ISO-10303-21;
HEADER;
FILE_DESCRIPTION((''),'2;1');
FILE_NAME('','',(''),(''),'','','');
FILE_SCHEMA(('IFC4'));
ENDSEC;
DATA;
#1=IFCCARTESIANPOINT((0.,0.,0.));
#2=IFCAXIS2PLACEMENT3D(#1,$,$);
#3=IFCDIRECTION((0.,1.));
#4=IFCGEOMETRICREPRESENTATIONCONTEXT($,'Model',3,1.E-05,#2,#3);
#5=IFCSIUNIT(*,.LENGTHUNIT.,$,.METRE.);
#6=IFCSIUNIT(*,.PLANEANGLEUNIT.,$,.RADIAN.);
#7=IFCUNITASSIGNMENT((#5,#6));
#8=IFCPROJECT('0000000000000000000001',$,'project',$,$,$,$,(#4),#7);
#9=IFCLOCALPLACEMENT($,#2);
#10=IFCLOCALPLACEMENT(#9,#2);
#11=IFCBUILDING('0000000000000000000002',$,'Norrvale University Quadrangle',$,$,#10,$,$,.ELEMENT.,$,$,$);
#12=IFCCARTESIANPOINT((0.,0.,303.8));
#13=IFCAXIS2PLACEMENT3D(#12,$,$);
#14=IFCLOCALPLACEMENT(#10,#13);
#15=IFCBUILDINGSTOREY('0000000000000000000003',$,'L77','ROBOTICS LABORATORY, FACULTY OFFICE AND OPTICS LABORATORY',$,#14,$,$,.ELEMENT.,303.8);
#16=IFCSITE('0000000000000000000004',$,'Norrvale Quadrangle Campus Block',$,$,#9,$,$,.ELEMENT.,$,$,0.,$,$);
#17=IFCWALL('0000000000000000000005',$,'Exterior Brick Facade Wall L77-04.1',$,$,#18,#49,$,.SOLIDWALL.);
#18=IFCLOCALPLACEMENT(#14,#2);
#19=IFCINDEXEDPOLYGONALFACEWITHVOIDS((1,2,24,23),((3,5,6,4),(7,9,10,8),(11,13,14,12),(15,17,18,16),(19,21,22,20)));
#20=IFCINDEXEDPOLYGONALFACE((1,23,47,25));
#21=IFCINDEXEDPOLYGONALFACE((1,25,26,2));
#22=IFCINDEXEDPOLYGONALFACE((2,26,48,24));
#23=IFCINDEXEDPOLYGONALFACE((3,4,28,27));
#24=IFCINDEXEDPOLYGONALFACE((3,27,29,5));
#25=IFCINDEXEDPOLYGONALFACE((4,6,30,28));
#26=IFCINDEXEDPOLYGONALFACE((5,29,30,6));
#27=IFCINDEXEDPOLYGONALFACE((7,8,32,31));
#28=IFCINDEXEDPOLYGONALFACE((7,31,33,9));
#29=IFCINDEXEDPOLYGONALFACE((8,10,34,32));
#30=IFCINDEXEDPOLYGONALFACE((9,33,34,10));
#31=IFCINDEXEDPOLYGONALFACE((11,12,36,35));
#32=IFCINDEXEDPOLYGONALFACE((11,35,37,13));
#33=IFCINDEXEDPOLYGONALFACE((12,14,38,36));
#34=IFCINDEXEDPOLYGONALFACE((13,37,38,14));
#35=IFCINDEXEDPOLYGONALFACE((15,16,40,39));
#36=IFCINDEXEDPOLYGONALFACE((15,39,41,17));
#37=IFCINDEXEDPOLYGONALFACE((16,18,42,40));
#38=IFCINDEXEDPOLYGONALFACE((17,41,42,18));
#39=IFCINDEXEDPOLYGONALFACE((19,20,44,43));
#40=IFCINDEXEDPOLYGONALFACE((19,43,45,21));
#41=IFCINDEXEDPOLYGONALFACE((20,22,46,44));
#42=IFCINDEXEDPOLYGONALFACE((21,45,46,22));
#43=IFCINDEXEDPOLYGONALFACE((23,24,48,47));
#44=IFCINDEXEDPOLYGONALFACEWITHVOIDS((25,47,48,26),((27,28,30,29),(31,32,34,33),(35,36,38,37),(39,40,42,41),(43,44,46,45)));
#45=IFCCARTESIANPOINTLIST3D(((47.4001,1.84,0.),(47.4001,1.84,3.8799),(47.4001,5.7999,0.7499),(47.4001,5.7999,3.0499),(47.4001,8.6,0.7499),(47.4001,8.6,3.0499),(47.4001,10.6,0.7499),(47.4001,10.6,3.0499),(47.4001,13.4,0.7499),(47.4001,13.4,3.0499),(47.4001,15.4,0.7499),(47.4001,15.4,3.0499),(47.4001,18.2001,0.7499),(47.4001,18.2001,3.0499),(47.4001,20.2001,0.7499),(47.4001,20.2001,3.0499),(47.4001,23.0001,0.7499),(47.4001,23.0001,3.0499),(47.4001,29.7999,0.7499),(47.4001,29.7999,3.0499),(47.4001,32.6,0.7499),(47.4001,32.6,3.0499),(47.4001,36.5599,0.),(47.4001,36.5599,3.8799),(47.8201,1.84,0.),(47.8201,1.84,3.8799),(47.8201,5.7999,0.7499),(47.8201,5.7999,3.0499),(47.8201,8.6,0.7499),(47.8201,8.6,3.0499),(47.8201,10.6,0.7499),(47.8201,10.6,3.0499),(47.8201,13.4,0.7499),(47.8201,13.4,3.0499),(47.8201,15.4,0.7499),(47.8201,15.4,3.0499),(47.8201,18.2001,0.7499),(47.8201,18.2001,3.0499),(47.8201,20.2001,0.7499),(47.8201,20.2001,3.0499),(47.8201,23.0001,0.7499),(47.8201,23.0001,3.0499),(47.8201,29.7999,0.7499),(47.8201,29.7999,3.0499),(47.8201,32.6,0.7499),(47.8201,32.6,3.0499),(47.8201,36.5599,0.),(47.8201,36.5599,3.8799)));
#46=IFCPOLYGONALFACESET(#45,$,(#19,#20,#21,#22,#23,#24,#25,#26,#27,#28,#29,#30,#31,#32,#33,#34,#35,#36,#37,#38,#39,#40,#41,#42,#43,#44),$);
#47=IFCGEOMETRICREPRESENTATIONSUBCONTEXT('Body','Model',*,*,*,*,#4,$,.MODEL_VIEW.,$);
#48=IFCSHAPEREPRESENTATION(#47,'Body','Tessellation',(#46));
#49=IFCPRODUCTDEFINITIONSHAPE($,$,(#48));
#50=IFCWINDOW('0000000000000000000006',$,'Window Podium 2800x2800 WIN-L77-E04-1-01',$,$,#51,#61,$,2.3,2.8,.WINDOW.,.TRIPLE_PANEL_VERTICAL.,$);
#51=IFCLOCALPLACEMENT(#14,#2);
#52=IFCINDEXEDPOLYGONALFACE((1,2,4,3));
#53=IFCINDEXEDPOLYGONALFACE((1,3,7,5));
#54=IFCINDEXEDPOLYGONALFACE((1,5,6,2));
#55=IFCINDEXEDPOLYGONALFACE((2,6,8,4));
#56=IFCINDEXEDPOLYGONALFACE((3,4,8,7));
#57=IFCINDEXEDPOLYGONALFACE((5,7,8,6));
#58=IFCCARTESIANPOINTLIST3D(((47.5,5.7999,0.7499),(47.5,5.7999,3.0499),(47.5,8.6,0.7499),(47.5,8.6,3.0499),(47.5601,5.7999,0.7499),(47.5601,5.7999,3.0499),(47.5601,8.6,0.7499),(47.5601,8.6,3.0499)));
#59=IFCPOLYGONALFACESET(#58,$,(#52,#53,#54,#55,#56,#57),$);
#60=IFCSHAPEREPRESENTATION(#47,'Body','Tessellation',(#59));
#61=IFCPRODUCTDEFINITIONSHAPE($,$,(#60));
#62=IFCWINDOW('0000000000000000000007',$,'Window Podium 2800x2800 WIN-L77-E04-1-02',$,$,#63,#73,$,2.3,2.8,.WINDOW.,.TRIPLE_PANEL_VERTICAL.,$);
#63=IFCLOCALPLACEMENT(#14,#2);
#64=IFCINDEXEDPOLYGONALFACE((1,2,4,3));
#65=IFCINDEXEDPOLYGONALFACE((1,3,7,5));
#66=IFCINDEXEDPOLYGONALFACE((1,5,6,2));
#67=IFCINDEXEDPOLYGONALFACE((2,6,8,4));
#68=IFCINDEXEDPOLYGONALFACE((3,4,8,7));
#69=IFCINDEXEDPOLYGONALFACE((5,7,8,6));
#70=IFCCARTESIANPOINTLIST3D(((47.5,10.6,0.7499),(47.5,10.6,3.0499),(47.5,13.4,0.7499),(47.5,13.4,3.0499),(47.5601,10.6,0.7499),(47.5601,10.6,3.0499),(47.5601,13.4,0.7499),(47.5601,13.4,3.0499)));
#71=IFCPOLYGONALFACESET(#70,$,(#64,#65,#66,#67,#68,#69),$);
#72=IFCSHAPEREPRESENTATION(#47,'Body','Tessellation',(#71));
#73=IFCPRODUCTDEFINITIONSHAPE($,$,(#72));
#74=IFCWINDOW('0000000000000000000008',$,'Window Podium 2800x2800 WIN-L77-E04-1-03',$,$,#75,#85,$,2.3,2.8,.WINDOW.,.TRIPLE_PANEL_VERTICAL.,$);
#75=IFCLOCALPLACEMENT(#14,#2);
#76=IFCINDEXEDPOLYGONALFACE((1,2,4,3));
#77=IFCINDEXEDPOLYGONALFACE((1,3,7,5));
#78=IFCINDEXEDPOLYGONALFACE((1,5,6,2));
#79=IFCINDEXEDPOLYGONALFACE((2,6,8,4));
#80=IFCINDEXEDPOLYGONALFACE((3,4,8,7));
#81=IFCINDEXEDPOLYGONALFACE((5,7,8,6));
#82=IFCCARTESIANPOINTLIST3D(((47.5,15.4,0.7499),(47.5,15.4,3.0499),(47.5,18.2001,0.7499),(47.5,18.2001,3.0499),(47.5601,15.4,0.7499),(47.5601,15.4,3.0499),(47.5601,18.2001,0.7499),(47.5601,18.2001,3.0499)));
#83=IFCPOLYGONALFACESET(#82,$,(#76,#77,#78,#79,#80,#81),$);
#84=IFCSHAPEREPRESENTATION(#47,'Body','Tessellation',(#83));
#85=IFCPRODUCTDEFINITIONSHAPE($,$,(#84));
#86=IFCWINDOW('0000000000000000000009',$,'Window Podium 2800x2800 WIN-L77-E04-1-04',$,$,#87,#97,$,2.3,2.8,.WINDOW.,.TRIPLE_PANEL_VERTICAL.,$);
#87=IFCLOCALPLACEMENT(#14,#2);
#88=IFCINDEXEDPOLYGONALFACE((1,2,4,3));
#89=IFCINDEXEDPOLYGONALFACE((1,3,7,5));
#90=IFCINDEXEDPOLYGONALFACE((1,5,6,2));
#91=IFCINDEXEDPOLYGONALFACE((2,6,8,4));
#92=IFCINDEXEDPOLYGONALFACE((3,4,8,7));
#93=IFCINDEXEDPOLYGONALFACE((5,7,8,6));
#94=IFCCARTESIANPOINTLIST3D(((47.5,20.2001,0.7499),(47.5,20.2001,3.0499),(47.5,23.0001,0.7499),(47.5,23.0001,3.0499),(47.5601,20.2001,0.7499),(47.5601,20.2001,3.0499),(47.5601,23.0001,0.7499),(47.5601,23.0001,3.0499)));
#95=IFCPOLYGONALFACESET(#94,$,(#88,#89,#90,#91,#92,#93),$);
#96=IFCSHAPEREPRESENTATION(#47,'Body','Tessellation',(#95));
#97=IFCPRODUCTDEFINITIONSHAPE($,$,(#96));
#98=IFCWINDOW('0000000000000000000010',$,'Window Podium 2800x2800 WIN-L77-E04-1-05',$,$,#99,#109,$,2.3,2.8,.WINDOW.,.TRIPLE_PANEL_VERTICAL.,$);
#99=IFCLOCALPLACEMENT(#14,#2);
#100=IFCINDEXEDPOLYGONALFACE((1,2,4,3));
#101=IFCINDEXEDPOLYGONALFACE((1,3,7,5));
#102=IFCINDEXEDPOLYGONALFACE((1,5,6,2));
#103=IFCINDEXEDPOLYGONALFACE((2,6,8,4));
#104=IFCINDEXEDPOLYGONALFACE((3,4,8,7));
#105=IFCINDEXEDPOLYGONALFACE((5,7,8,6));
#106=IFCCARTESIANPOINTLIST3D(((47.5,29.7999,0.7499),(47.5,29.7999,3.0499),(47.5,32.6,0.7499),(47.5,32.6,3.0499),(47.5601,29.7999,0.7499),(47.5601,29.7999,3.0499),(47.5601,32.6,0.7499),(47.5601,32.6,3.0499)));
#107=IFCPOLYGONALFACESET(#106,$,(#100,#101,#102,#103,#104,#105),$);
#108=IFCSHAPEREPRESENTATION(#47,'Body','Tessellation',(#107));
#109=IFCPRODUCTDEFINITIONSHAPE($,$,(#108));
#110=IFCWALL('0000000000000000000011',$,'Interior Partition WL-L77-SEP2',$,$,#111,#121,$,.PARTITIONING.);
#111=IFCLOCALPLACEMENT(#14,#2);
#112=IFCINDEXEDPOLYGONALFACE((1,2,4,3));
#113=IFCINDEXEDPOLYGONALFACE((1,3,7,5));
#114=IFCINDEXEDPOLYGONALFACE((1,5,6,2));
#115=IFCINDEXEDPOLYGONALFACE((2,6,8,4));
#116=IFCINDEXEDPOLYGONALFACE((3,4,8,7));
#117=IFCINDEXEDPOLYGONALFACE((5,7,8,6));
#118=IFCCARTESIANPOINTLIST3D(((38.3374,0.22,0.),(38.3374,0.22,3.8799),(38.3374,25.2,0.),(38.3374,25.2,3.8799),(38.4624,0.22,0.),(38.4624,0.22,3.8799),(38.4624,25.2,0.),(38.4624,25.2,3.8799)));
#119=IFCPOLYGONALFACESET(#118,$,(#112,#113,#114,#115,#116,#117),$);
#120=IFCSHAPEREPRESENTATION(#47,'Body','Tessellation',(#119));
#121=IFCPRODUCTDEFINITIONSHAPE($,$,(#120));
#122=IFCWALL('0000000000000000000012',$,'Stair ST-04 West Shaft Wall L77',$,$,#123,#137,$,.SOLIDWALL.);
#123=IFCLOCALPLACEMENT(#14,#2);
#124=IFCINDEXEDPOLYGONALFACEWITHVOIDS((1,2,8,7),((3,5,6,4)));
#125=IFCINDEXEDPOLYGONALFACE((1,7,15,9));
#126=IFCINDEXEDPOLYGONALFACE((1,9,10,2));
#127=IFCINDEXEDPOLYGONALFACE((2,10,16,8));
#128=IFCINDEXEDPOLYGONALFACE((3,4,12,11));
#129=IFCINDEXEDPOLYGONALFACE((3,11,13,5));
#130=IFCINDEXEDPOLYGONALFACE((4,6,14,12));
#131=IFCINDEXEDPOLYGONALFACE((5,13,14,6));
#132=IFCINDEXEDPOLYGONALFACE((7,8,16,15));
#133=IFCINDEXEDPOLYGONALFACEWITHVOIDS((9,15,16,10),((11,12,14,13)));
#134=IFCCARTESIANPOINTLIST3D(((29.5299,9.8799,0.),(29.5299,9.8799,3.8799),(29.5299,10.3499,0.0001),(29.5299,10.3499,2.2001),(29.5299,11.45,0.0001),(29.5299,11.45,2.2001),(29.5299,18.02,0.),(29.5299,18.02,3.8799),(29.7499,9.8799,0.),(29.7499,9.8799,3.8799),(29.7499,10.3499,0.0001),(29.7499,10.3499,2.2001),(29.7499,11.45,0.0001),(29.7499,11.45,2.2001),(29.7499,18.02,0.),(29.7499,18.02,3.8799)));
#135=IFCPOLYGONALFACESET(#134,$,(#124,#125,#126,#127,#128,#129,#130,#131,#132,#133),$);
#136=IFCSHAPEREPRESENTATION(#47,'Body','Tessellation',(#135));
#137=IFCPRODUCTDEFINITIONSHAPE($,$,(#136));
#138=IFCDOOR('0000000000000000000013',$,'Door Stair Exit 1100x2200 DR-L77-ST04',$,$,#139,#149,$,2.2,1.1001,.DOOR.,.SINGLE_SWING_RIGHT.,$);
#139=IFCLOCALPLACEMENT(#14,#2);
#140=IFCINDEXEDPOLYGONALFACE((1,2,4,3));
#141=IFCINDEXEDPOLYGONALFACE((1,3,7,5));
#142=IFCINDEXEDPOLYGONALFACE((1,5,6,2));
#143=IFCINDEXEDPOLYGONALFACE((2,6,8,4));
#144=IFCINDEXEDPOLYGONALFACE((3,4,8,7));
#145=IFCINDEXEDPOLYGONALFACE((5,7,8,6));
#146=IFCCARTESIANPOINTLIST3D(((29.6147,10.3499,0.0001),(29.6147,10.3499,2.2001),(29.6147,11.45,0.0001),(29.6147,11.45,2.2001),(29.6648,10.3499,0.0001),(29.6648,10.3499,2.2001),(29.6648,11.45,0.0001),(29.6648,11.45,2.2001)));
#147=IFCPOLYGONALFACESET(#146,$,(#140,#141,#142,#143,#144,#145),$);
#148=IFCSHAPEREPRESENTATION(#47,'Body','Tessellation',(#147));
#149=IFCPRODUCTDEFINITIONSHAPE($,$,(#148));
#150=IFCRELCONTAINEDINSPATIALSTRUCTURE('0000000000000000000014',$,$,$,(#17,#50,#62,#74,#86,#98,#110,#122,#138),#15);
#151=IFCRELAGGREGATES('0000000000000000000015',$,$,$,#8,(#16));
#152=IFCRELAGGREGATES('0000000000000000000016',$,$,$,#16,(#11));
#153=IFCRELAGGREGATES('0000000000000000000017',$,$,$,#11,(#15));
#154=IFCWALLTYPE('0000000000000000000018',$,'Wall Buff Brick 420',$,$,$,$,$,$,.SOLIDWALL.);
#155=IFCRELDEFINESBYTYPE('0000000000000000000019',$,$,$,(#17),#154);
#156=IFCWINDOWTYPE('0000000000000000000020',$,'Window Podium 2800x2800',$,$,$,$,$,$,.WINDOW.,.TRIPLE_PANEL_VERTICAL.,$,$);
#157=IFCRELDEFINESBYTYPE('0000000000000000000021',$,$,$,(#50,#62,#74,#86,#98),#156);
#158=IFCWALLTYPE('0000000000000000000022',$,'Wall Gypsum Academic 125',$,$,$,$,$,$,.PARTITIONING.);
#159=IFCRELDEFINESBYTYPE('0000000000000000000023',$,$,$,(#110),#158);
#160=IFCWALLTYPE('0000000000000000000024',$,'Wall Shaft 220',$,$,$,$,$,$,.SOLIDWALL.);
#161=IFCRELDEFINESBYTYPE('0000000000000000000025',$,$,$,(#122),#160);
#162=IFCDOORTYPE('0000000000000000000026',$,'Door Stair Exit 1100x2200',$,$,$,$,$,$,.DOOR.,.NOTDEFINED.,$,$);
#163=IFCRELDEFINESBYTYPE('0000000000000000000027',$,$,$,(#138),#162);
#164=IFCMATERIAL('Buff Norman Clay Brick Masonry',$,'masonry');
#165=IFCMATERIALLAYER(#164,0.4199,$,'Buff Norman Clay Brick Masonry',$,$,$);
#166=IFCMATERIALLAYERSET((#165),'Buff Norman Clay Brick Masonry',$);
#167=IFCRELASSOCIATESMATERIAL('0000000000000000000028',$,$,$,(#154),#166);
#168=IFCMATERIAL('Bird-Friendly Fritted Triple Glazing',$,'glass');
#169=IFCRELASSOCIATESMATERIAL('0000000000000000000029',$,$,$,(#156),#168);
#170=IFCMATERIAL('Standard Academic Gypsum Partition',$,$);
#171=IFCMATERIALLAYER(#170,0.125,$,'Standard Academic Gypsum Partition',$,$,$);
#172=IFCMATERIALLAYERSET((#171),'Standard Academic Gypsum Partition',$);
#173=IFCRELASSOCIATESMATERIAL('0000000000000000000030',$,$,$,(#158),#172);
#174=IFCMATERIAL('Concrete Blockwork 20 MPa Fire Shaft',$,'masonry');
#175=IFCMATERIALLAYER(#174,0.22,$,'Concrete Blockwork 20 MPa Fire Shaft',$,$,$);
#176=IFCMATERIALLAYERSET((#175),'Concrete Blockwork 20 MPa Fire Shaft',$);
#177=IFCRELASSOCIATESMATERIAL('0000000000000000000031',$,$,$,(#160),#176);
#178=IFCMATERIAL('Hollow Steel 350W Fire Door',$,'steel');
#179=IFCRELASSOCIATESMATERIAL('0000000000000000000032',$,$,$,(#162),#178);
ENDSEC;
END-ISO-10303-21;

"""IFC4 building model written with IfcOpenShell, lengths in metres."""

from ifc_helpers import new_model, si_unit, direction, frame, frame_2d, origin, place, context, subcontext, project, spatial, rectangle, extrude, material, layer, layer_set, type_object, element, fill, save


model = new_model("IFC4")

# Units and contexts
model_context = context("Model", 3, precision=1e-05, world=origin(), true_north=direction((0.0, 1.0)))
body_context = subcontext(model_context, "Body", "Model", "MODEL_VIEW")
ifc_project = project(units=[si_unit("LENGTHUNIT", "METRE"), si_unit("PLANEANGLEUNIT", "RADIAN")], contexts=[model_context])

# Site, building, storey
site_placement = place(None, origin())
site = spatial("IfcSite", under=ifc_project, at=site_placement, Name="Norrvale Quadrangle Campus Block", CompositionType="ELEMENT", RefElevation=0.0)
building_placement = place(site_placement, origin())
building = spatial("IfcBuilding", under=site, at=building_placement, Name="Norrvale University Quadrangle", CompositionType="ELEMENT")
storey_placement = place(building_placement, frame((0.0, 0.0, 303.8)))
storey = spatial("IfcBuildingStorey", under=building, at=storey_placement, Name="L77", Description="ROBOTICS LABORATORY, FACULTY OFFICE AND OPTICS LABORATORY", CompositionType="ELEMENT", Elevation=303.8)

# Shared definitions
ifc_material_1 = material(Name="Buff Norman Clay Brick Masonry", Category="masonry")
ifc_layer_1 = layer(ifc_material_1, 0.4199, Name="Buff Norman Clay Brick Masonry")
ifc_layer_set_1 = layer_set([ifc_layer_1], Name="Buff Norman Clay Brick Masonry")
wall_type_1 = type_object("IfcWallType", Name="Wall Buff Brick 420", PredefinedType="SOLIDWALL", material=ifc_layer_set_1)

# Wall, openings, windows
wall_1_placement = place(storey_placement, frame((47.6101, 1.8401, 0.0), z_axis=(0.0, 0.0, 1.0), x_axis=(0.0, 1.0, 0.0)))
wall_1 = element("IfcWall", 1, at=wall_1_placement, inside=storey, type_object=wall_type_1, Name="Exterior Brick Facade Wall L77-04.1", PredefinedType="SOLIDWALL", context=body_context, shape_type="SweptSolid", body=[
    extrude(rectangle(XDim=34.72, YDim=0.4199, at=frame_2d((17.3599, 0.0))), origin(), (0.0, 0.0, 1.0), 3.8799),
])
opening_1_placement = place(wall_1_placement, frame((3.96, 0.0, 0.75)))
opening_1 = element("IfcOpeningElement", 2, at=opening_1_placement, cuts=wall_1, PredefinedType="OPENING", context=body_context, shape_type="SweptSolid", body=[
    extrude(rectangle(XDim=2.8, YDim=2.3, at=frame_2d((1.3999, 1.1499))), frame((0.0, 0.2219, 0.0), z_axis=(0.0, -1.0, 0.0), x_axis=(1.0, 0.0, 0.0)), (0.0, 0.0, 1.0), 0.4438),
])
opening_2_placement = place(wall_1_placement, frame((8.76, 0.0, 0.75)))
opening_2 = element("IfcOpeningElement", 3, at=opening_2_placement, cuts=wall_1, PredefinedType="OPENING", context=body_context, shape_type="SweptSolid", body=[
    extrude(rectangle(XDim=2.8, YDim=2.3, at=frame_2d((1.3999, 1.1499))), frame((0.0, 0.2219, 0.0), z_axis=(0.0, -1.0, 0.0), x_axis=(1.0, 0.0, 0.0)), (0.0, 0.0, 1.0), 0.4438),
])
opening_3_placement = place(wall_1_placement, frame((13.5601, 0.0, 0.75)))
opening_3 = element("IfcOpeningElement", 4, at=opening_3_placement, cuts=wall_1, PredefinedType="OPENING", context=body_context, shape_type="SweptSolid", body=[
    extrude(rectangle(XDim=2.8, YDim=2.3, at=frame_2d((1.3999, 1.1499))), frame((0.0, 0.2219, 0.0), z_axis=(0.0, -1.0, 0.0), x_axis=(1.0, 0.0, 0.0)), (0.0, 0.0, 1.0), 0.4438),
])
opening_4_placement = place(wall_1_placement, frame((18.3601, 0.0, 0.75)))
opening_4 = element("IfcOpeningElement", 5, at=opening_4_placement, cuts=wall_1, PredefinedType="OPENING", context=body_context, shape_type="SweptSolid", body=[
    extrude(rectangle(XDim=2.8, YDim=2.3, at=frame_2d((1.3999, 1.1499))), frame((0.0, 0.2219, 0.0), z_axis=(0.0, -1.0, 0.0), x_axis=(1.0, 0.0, 0.0)), (0.0, 0.0, 1.0), 0.4438),
])
opening_5_placement = place(wall_1_placement, frame((27.96, 0.0, 0.75)))
opening_5 = element("IfcOpeningElement", 6, at=opening_5_placement, cuts=wall_1, PredefinedType="OPENING", context=body_context, shape_type="SweptSolid", body=[
    extrude(rectangle(XDim=2.8, YDim=2.3, at=frame_2d((1.3999, 1.1499))), frame((0.0, 0.2219, 0.0), z_axis=(0.0, -1.0, 0.0), x_axis=(1.0, 0.0, 0.0)), (0.0, 0.0, 1.0), 0.4438),
])
ifc_material_2 = material(Name="Bird-Friendly Fritted Triple Glazing", Category="glass")
window_type = type_object("IfcWindowType", Name="Window Podium 2800x2800", PartitioningType="TRIPLE_PANEL_VERTICAL", PredefinedType="WINDOW", material=ifc_material_2)
window_1_placement = place(opening_1_placement, origin())
window_1 = element("IfcWindow", 7, at=window_1_placement, inside=storey, type_object=window_type, Name="Window Podium 2800x2800 WIN-L77-E04-1-01", OverallHeight=2.3, OverallWidth=2.8, PartitioningType="TRIPLE_PANEL_VERTICAL", PredefinedType="WINDOW", context=body_context, shape_type="SweptSolid", body=[
    extrude(rectangle(XDim=2.8, YDim=2.3, at=frame_2d((1.3999, 1.1499))), frame((0.0, 0.1101, 0.0), z_axis=(0.0, -1.0, 0.0), x_axis=(1.0, 0.0, 0.0)), (0.0, 0.0, 1.0), 0.0601),
])
fill(opening_1, window_1)
window_2_placement = place(opening_2_placement, origin())
window_2 = element("IfcWindow", 8, at=window_2_placement, inside=storey, type_object=window_type, Name="Window Podium 2800x2800 WIN-L77-E04-1-02", OverallHeight=2.3, OverallWidth=2.8, PartitioningType="TRIPLE_PANEL_VERTICAL", PredefinedType="WINDOW", context=body_context, shape_type="SweptSolid", body=[
    extrude(rectangle(XDim=2.8, YDim=2.3, at=frame_2d((1.3999, 1.1499))), frame((0.0, 0.1101, 0.0), z_axis=(0.0, -1.0, 0.0), x_axis=(1.0, 0.0, 0.0)), (0.0, 0.0, 1.0), 0.0601),
])
fill(opening_2, window_2)
window_3_placement = place(opening_3_placement, origin())
window_3 = element("IfcWindow", 9, at=window_3_placement, inside=storey, type_object=window_type, Name="Window Podium 2800x2800 WIN-L77-E04-1-03", OverallHeight=2.3, OverallWidth=2.8, PartitioningType="TRIPLE_PANEL_VERTICAL", PredefinedType="WINDOW", context=body_context, shape_type="SweptSolid", body=[
    extrude(rectangle(XDim=2.8, YDim=2.3, at=frame_2d((1.3999, 1.1499))), frame((0.0, 0.1101, 0.0), z_axis=(0.0, -1.0, 0.0), x_axis=(1.0, 0.0, 0.0)), (0.0, 0.0, 1.0), 0.0601),
])
fill(opening_3, window_3)
window_4_placement = place(opening_4_placement, origin())
window_4 = element("IfcWindow", 10, at=window_4_placement, inside=storey, type_object=window_type, Name="Window Podium 2800x2800 WIN-L77-E04-1-04", OverallHeight=2.3, OverallWidth=2.8, PartitioningType="TRIPLE_PANEL_VERTICAL", PredefinedType="WINDOW", context=body_context, shape_type="SweptSolid", body=[
    extrude(rectangle(XDim=2.8, YDim=2.3, at=frame_2d((1.3999, 1.1499))), frame((0.0, 0.1101, 0.0), z_axis=(0.0, -1.0, 0.0), x_axis=(1.0, 0.0, 0.0)), (0.0, 0.0, 1.0), 0.0601),
])
fill(opening_4, window_4)
window_5_placement = place(opening_5_placement, origin())
window_5 = element("IfcWindow", 11, at=window_5_placement, inside=storey, type_object=window_type, Name="Window Podium 2800x2800 WIN-L77-E04-1-05", OverallHeight=2.3, OverallWidth=2.8, PartitioningType="TRIPLE_PANEL_VERTICAL", PredefinedType="WINDOW", context=body_context, shape_type="SweptSolid", body=[
    extrude(rectangle(XDim=2.8, YDim=2.3, at=frame_2d((1.3999, 1.1499))), frame((0.0, 0.1101, 0.0), z_axis=(0.0, -1.0, 0.0), x_axis=(1.0, 0.0, 0.0)), (0.0, 0.0, 1.0), 0.0601),
])
fill(opening_5, window_5)

# Wall
ifc_material_3 = material(Name="Standard Academic Gypsum Partition")
ifc_layer_2 = layer(ifc_material_3, 0.125, Name="Standard Academic Gypsum Partition")
ifc_layer_set_2 = layer_set([ifc_layer_2], Name="Standard Academic Gypsum Partition")
wall_type_2 = type_object("IfcWallType", Name="Wall Gypsum Academic 125", PredefinedType="PARTITIONING", material=ifc_layer_set_2)
wall_2_placement = place(storey_placement, frame((38.3999, 0.22, 0.0), z_axis=(0.0, 0.0, 1.0), x_axis=(0.0, 1.0, 0.0)))
element("IfcWall", 12, at=wall_2_placement, inside=storey, type_object=wall_type_2, Name="Interior Partition WL-L77-SEP2", PredefinedType="PARTITIONING", context=body_context, shape_type="SweptSolid", body=[
    extrude(rectangle(XDim=24.98, YDim=0.125, at=frame_2d((12.49, 0.0))), origin(), (0.0, 0.0, 1.0), 3.8799),
])

# Wall, opening, door
ifc_material_4 = material(Name="Concrete Blockwork 20 MPa Fire Shaft", Category="masonry")
ifc_layer_3 = layer(ifc_material_4, 0.22, Name="Concrete Blockwork 20 MPa Fire Shaft")
ifc_layer_set_3 = layer_set([ifc_layer_3], Name="Concrete Blockwork 20 MPa Fire Shaft")
wall_type_3 = type_object("IfcWallType", Name="Wall Shaft 220", PredefinedType="SOLIDWALL", material=ifc_layer_set_3)
wall_3_placement = place(storey_placement, frame((29.6399, 9.8799, 0.0), z_axis=(0.0, 0.0, 1.0), x_axis=(0.0, 1.0, 0.0)))
wall_3 = element("IfcWall", 13, at=wall_3_placement, inside=storey, type_object=wall_type_3, Name="Stair ST-04 West Shaft Wall L77", PredefinedType="SOLIDWALL", context=body_context, shape_type="SweptSolid", body=[
    extrude(rectangle(XDim=8.1401, YDim=0.22, at=frame_2d((4.0701, 0.0))), origin(), (0.0, 0.0, 1.0), 3.8799),
])
opening_6_placement = place(wall_3_placement, frame((0.47, 0.0, 0.0)))
opening_6 = element("IfcOpeningElement", 14, at=opening_6_placement, cuts=wall_3, PredefinedType="OPENING", context=body_context, shape_type="SweptSolid", body=[
    extrude(rectangle(XDim=1.1001, YDim=2.2, at=frame_2d((0.55, 1.1001))), frame((0.0, 0.1221, 0.0), z_axis=(0.0, -1.0, 0.0), x_axis=(1.0, 0.0, 0.0)), (0.0, 0.0, 1.0), 0.2439),
])
ifc_material_5 = material(Name="Hollow Steel 350W Fire Door", Category="steel")
door_type = type_object("IfcDoorType", Name="Door Stair Exit 1100x2200", OperationType="NOTDEFINED", PredefinedType="DOOR", material=ifc_material_5)
door_placement = place(opening_6_placement, frame((1.1001, 0.0, 0.0), z_axis=(0.0, 0.0, 1.0), x_axis=(-1.0, 0.0, 0.0)))
door = element("IfcDoor", 15, at=door_placement, inside=storey, type_object=door_type, Name="Door Stair Exit 1100x2200 DR-L77-ST04", OperationType="SINGLE_SWING_RIGHT", OverallHeight=2.2, OverallWidth=1.1001, PredefinedType="DOOR", context=body_context, shape_type="SweptSolid", body=[
    extrude(rectangle(XDim=1.1001, YDim=2.2, at=frame_2d((0.55, 1.1001))), frame((0.0, 0.0249, 0.0), z_axis=(0.0, -1.0, 0.0), x_axis=(1.0, 0.0, 0.0)), (0.0, 0.0, 1.0), 0.05),
])
fill(opening_6, door)

save(model, "model.ifc")
